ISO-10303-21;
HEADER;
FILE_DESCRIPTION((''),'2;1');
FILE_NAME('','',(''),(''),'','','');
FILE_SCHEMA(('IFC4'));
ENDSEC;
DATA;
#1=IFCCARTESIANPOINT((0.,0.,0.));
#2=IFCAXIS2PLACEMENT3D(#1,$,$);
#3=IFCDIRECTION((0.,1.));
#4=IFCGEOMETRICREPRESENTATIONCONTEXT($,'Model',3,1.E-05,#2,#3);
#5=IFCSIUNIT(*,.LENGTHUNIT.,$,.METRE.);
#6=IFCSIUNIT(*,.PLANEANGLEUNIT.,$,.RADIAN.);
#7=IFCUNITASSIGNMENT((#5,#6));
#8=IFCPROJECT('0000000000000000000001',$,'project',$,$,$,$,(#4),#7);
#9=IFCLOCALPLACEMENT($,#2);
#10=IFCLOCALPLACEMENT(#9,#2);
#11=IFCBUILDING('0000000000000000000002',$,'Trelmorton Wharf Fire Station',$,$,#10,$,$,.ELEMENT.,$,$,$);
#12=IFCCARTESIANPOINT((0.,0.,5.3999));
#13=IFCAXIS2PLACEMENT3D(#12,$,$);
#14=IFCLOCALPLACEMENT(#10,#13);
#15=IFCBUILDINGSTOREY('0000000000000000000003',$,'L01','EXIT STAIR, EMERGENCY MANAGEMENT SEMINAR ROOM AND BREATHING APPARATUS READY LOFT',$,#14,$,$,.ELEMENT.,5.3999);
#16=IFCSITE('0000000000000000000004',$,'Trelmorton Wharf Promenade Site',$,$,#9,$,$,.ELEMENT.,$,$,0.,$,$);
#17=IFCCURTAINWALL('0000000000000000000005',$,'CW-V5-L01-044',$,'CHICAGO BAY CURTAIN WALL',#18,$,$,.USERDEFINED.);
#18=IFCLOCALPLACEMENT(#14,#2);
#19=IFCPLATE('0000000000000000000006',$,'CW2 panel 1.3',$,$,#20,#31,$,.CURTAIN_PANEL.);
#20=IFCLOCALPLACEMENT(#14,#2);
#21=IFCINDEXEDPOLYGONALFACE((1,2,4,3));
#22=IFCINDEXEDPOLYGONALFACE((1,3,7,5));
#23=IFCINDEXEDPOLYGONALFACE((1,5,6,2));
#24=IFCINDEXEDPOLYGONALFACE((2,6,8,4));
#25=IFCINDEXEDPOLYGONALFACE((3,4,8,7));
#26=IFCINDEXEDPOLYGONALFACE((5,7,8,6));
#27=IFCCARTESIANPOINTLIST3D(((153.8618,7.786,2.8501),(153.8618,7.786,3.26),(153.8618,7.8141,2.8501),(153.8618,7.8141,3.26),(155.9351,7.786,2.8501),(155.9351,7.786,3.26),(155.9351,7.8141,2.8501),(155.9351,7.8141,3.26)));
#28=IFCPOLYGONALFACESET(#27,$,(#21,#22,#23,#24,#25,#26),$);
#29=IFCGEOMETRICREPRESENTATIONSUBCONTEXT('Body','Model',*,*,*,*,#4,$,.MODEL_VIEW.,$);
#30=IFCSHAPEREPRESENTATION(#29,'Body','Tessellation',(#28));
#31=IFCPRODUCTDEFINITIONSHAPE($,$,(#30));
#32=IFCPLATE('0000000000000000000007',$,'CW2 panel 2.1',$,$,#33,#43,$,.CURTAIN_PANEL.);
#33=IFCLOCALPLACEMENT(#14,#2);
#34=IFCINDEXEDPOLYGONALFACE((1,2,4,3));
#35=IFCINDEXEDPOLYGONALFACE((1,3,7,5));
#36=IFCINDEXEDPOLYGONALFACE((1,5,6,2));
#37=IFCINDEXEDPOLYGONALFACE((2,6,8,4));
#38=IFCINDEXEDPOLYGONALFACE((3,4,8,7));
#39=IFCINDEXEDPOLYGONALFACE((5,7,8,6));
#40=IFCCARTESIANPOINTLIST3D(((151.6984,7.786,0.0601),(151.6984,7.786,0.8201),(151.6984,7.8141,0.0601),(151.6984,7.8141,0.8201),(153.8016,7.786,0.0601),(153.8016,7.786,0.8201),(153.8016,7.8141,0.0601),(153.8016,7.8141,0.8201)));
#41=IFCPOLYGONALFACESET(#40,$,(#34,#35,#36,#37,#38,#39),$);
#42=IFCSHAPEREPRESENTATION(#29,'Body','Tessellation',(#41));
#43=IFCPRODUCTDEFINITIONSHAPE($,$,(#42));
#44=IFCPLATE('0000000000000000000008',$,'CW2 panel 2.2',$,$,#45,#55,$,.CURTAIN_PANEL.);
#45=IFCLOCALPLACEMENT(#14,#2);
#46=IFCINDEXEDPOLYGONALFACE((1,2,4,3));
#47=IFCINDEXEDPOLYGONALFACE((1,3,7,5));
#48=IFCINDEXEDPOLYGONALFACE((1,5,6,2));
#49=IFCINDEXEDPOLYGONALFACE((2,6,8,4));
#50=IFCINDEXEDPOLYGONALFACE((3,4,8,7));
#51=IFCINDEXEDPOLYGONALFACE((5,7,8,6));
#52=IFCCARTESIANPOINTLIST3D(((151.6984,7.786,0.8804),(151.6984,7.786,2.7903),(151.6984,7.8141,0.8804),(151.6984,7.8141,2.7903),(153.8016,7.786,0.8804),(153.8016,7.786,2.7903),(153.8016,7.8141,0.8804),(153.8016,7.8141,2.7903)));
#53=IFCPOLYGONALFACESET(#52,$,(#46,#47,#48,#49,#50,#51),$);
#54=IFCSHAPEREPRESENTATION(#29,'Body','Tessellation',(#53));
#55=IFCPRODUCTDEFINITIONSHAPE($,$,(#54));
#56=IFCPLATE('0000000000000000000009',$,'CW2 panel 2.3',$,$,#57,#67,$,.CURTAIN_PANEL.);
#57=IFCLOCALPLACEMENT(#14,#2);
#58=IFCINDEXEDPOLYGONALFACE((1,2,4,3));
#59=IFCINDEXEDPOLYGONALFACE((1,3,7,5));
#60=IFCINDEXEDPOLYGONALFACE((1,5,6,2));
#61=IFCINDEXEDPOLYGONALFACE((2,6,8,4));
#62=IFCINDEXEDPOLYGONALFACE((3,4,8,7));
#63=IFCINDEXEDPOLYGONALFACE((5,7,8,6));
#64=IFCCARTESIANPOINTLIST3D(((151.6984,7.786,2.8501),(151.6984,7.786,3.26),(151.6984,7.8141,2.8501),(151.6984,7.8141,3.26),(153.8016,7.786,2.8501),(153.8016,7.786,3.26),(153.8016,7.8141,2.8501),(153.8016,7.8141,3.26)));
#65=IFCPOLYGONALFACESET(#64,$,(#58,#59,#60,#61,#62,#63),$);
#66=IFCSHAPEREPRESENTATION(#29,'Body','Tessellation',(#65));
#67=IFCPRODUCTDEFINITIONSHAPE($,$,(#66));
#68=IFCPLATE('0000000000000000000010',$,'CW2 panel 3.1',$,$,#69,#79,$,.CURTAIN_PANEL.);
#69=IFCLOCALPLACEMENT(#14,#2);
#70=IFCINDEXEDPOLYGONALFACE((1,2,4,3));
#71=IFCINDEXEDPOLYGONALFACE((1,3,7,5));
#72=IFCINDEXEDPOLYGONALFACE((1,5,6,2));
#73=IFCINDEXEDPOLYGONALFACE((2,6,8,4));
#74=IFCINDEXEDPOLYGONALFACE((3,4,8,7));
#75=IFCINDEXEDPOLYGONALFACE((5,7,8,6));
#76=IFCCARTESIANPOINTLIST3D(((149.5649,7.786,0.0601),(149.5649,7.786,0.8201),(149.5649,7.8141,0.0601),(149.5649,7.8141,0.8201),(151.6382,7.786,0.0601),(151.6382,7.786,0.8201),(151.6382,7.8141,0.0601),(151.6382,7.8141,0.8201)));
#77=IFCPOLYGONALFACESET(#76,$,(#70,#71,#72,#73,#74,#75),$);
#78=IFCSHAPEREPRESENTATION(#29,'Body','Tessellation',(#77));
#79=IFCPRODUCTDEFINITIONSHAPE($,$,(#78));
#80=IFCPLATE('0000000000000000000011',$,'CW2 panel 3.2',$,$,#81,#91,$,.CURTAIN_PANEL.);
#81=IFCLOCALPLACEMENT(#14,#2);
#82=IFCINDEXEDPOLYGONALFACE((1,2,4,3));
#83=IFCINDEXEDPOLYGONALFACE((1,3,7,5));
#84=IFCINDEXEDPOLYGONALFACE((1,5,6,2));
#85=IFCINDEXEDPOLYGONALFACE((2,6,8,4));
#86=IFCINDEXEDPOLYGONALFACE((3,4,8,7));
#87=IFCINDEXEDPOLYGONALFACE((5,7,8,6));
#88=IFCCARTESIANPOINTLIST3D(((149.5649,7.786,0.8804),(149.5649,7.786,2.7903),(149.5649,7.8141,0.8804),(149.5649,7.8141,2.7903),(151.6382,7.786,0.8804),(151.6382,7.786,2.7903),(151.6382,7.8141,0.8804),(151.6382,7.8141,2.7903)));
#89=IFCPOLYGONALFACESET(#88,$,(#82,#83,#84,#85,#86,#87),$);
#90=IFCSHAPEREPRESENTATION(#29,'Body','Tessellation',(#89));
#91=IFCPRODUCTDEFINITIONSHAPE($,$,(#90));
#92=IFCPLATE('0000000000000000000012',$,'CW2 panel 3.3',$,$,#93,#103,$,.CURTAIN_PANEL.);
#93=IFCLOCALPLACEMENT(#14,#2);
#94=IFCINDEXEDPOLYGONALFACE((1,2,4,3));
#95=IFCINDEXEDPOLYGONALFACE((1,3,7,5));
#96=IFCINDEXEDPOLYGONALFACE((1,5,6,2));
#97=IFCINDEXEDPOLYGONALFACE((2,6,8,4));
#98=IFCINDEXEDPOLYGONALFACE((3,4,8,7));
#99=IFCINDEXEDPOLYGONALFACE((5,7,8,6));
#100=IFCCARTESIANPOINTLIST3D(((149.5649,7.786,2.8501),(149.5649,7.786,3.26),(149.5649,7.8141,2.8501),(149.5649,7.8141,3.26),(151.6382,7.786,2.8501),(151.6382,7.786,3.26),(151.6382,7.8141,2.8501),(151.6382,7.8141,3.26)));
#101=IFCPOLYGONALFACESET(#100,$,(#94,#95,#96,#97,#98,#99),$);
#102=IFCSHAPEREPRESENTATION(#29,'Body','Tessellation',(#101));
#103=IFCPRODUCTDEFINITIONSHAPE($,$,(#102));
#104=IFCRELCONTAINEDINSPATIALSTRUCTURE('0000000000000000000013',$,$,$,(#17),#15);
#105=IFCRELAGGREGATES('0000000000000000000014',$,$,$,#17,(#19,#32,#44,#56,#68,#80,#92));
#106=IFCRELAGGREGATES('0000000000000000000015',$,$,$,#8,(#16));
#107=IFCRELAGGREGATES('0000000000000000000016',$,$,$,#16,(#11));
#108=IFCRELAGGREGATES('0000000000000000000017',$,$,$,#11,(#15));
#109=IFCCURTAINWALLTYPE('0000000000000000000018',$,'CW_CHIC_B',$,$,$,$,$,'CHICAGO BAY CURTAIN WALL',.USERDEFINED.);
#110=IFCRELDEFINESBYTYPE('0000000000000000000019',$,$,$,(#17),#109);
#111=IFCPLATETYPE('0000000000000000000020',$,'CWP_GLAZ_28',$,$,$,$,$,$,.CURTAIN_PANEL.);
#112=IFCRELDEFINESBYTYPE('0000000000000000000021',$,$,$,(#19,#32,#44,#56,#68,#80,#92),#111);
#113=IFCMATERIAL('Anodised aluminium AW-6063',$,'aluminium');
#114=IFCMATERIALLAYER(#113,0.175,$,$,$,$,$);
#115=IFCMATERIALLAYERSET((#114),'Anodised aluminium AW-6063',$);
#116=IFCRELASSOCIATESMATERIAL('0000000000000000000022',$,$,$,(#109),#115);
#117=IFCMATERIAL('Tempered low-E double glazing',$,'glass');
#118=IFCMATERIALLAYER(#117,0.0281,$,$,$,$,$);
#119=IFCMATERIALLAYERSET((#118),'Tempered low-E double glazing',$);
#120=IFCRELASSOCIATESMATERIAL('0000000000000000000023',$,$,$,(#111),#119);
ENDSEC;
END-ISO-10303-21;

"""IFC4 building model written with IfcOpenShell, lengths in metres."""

from ifc_helpers import new_model, si_unit, direction, frame, origin, origin_2d, place, context, subcontext, project, spatial, rectangle, extrude, material, layer, layer_set, type_object, element, aggregate, save


model = new_model("IFC4")

# Units and contexts
model_context = context("Model", 3, precision=1e-05, world=origin(), true_north=direction((0.0, 1.0)))
body_context = subcontext(model_context, "Body", "Model", "MODEL_VIEW")
ifc_project = project(units=[si_unit("LENGTHUNIT", "METRE"), si_unit("PLANEANGLEUNIT", "RADIAN")], contexts=[model_context])

# Site, building, storey
site_placement = place(None, origin())
site = spatial("IfcSite", under=ifc_project, at=site_placement, Name="Trelmorton Wharf Promenade Site", CompositionType="ELEMENT", RefElevation=0.0)
building_placement = place(site_placement, origin())
building = spatial("IfcBuilding", under=site, at=building_placement, Name="Trelmorton Wharf Fire Station", CompositionType="ELEMENT")
storey_placement = place(building_placement, frame((0.0, 0.0, 5.3999)))
storey = spatial("IfcBuildingStorey", under=building, at=storey_placement, Name="L01", Description="EXIT STAIR, EMERGENCY MANAGEMENT SEMINAR ROOM AND BREATHING APPARATUS READY LOFT", CompositionType="ELEMENT", Elevation=5.3999)

# Curtain wall
ifc_material_1 = material(Name="Anodised aluminium AW-6063", Category="aluminium")
ifc_layer_1 = layer(ifc_material_1, 0.175)
ifc_layer_set_1 = layer_set([ifc_layer_1], Name="Anodised aluminium AW-6063")
curtain_wall_type = type_object("IfcCurtainWallType", Name="CW_CHIC_B", ElementType="CHICAGO BAY CURTAIN WALL", PredefinedType="USERDEFINED", material=ifc_layer_set_1)
curtain_wall_placement = place(storey_placement, origin())
curtain_wall = element("IfcCurtainWall", 1, at=curtain_wall_placement, inside=storey, type_object=curtain_wall_type, Name="CW-V5-L01-044", ObjectType="CHICAGO BAY CURTAIN WALL", PredefinedType="USERDEFINED")

# Plates
ifc_material_2 = material(Name="Tempered low-E double glazing", Category="glass")
ifc_layer_2 = layer(ifc_material_2, 0.0281)
ifc_layer_set_2 = layer_set([ifc_layer_2], Name="Tempered low-E double glazing")
plate_type = type_object("IfcPlateType", Name="CWP_GLAZ_28", PredefinedType="CURTAIN_PANEL", material=ifc_layer_set_2)
plate_1_placement = place(storey_placement, frame((154.8984, 7.8, 2.8501), z_axis=(0.0, 0.0, 1.0), x_axis=(-1.0, 0.0, 0.0)))
plate_1 = element("IfcPlate", 2, at=plate_1_placement, type_object=plate_type, Name="CW2 panel 1.3", PredefinedType="CURTAIN_PANEL", context=body_context, shape_type="SweptSolid", body=[
    extrude(rectangle(XDim=2.0732, YDim=0.0281, at=origin_2d()), origin(), (0.0, 0.0, 1.0), 0.4099),
])
plate_2_placement = place(storey_placement, frame((152.75, 7.8, 0.0601), z_axis=(0.0, 0.0, 1.0), x_axis=(-1.0, 0.0, 0.0)))
plate_2 = element("IfcPlate", 3, at=plate_2_placement, type_object=plate_type, Name="CW2 panel 2.1", PredefinedType="CURTAIN_PANEL", context=body_context, shape_type="SweptSolid", body=[
    extrude(rectangle(XDim=2.1033, YDim=0.0281, at=origin_2d()), origin(), (0.0, 0.0, 1.0), 0.76),
])
plate_3_placement = place(storey_placement, frame((152.75, 7.8, 0.8804), z_axis=(0.0, 0.0, 1.0), x_axis=(-1.0, 0.0, 0.0)))
plate_3 = element("IfcPlate", 4, at=plate_3_placement, type_object=plate_type, Name="CW2 panel 2.2", PredefinedType="CURTAIN_PANEL", context=body_context, shape_type="SweptSolid", body=[
    extrude(rectangle(XDim=2.1033, YDim=0.0281, at=origin_2d()), origin(), (0.0, 0.0, 1.0), 1.9099),
])
plate_4_placement = place(storey_placement, frame((152.75, 7.8, 2.8501), z_axis=(0.0, 0.0, 1.0), x_axis=(-1.0, 0.0, 0.0)))
plate_4 = element("IfcPlate", 5, at=plate_4_placement, type_object=plate_type, Name="CW2 panel 2.3", PredefinedType="CURTAIN_PANEL", context=body_context, shape_type="SweptSolid", body=[
    extrude(rectangle(XDim=2.1033, YDim=0.0281, at=origin_2d()), origin(), (0.0, 0.0, 1.0), 0.4099),
])
plate_5_placement = place(storey_placement, frame((150.6016, 7.8, 0.0601), z_axis=(0.0, 0.0, 1.0), x_axis=(-1.0, 0.0, 0.0)))
plate_5 = element("IfcPlate", 6, at=plate_5_placement, type_object=plate_type, Name="CW2 panel 3.1", PredefinedType="CURTAIN_PANEL", context=body_context, shape_type="SweptSolid", body=[
    extrude(rectangle(XDim=2.0732, YDim=0.0281, at=origin_2d()), origin(), (0.0, 0.0, 1.0), 0.76),
])
plate_6_placement = place(storey_placement, frame((150.6016, 7.8, 0.8804), z_axis=(0.0, 0.0, 1.0), x_axis=(-1.0, 0.0, 0.0)))
plate_6 = element("IfcPlate", 7, at=plate_6_placement, type_object=plate_type, Name="CW2 panel 3.2", PredefinedType="CURTAIN_PANEL", context=body_context, shape_type="SweptSolid", body=[
    extrude(rectangle(XDim=2.0732, YDim=0.0281, at=origin_2d()), origin(), (0.0, 0.0, 1.0), 1.9099),
])
plate_7_placement = place(storey_placement, frame((150.6016, 7.8, 2.8501), z_axis=(0.0, 0.0, 1.0), x_axis=(-1.0, 0.0, 0.0)))
plate_7 = element("IfcPlate", 8, at=plate_7_placement, type_object=plate_type, Name="CW2 panel 3.3", PredefinedType="CURTAIN_PANEL", context=body_context, shape_type="SweptSolid", body=[
    extrude(rectangle(XDim=2.0732, YDim=0.0281, at=origin_2d()), origin(), (0.0, 0.0, 1.0), 0.4099),
])
aggregate(curtain_wall, [plate_1, plate_2, plate_3, plate_4, plate_5, plate_6, plate_7])

save(model, "model.ifc")
